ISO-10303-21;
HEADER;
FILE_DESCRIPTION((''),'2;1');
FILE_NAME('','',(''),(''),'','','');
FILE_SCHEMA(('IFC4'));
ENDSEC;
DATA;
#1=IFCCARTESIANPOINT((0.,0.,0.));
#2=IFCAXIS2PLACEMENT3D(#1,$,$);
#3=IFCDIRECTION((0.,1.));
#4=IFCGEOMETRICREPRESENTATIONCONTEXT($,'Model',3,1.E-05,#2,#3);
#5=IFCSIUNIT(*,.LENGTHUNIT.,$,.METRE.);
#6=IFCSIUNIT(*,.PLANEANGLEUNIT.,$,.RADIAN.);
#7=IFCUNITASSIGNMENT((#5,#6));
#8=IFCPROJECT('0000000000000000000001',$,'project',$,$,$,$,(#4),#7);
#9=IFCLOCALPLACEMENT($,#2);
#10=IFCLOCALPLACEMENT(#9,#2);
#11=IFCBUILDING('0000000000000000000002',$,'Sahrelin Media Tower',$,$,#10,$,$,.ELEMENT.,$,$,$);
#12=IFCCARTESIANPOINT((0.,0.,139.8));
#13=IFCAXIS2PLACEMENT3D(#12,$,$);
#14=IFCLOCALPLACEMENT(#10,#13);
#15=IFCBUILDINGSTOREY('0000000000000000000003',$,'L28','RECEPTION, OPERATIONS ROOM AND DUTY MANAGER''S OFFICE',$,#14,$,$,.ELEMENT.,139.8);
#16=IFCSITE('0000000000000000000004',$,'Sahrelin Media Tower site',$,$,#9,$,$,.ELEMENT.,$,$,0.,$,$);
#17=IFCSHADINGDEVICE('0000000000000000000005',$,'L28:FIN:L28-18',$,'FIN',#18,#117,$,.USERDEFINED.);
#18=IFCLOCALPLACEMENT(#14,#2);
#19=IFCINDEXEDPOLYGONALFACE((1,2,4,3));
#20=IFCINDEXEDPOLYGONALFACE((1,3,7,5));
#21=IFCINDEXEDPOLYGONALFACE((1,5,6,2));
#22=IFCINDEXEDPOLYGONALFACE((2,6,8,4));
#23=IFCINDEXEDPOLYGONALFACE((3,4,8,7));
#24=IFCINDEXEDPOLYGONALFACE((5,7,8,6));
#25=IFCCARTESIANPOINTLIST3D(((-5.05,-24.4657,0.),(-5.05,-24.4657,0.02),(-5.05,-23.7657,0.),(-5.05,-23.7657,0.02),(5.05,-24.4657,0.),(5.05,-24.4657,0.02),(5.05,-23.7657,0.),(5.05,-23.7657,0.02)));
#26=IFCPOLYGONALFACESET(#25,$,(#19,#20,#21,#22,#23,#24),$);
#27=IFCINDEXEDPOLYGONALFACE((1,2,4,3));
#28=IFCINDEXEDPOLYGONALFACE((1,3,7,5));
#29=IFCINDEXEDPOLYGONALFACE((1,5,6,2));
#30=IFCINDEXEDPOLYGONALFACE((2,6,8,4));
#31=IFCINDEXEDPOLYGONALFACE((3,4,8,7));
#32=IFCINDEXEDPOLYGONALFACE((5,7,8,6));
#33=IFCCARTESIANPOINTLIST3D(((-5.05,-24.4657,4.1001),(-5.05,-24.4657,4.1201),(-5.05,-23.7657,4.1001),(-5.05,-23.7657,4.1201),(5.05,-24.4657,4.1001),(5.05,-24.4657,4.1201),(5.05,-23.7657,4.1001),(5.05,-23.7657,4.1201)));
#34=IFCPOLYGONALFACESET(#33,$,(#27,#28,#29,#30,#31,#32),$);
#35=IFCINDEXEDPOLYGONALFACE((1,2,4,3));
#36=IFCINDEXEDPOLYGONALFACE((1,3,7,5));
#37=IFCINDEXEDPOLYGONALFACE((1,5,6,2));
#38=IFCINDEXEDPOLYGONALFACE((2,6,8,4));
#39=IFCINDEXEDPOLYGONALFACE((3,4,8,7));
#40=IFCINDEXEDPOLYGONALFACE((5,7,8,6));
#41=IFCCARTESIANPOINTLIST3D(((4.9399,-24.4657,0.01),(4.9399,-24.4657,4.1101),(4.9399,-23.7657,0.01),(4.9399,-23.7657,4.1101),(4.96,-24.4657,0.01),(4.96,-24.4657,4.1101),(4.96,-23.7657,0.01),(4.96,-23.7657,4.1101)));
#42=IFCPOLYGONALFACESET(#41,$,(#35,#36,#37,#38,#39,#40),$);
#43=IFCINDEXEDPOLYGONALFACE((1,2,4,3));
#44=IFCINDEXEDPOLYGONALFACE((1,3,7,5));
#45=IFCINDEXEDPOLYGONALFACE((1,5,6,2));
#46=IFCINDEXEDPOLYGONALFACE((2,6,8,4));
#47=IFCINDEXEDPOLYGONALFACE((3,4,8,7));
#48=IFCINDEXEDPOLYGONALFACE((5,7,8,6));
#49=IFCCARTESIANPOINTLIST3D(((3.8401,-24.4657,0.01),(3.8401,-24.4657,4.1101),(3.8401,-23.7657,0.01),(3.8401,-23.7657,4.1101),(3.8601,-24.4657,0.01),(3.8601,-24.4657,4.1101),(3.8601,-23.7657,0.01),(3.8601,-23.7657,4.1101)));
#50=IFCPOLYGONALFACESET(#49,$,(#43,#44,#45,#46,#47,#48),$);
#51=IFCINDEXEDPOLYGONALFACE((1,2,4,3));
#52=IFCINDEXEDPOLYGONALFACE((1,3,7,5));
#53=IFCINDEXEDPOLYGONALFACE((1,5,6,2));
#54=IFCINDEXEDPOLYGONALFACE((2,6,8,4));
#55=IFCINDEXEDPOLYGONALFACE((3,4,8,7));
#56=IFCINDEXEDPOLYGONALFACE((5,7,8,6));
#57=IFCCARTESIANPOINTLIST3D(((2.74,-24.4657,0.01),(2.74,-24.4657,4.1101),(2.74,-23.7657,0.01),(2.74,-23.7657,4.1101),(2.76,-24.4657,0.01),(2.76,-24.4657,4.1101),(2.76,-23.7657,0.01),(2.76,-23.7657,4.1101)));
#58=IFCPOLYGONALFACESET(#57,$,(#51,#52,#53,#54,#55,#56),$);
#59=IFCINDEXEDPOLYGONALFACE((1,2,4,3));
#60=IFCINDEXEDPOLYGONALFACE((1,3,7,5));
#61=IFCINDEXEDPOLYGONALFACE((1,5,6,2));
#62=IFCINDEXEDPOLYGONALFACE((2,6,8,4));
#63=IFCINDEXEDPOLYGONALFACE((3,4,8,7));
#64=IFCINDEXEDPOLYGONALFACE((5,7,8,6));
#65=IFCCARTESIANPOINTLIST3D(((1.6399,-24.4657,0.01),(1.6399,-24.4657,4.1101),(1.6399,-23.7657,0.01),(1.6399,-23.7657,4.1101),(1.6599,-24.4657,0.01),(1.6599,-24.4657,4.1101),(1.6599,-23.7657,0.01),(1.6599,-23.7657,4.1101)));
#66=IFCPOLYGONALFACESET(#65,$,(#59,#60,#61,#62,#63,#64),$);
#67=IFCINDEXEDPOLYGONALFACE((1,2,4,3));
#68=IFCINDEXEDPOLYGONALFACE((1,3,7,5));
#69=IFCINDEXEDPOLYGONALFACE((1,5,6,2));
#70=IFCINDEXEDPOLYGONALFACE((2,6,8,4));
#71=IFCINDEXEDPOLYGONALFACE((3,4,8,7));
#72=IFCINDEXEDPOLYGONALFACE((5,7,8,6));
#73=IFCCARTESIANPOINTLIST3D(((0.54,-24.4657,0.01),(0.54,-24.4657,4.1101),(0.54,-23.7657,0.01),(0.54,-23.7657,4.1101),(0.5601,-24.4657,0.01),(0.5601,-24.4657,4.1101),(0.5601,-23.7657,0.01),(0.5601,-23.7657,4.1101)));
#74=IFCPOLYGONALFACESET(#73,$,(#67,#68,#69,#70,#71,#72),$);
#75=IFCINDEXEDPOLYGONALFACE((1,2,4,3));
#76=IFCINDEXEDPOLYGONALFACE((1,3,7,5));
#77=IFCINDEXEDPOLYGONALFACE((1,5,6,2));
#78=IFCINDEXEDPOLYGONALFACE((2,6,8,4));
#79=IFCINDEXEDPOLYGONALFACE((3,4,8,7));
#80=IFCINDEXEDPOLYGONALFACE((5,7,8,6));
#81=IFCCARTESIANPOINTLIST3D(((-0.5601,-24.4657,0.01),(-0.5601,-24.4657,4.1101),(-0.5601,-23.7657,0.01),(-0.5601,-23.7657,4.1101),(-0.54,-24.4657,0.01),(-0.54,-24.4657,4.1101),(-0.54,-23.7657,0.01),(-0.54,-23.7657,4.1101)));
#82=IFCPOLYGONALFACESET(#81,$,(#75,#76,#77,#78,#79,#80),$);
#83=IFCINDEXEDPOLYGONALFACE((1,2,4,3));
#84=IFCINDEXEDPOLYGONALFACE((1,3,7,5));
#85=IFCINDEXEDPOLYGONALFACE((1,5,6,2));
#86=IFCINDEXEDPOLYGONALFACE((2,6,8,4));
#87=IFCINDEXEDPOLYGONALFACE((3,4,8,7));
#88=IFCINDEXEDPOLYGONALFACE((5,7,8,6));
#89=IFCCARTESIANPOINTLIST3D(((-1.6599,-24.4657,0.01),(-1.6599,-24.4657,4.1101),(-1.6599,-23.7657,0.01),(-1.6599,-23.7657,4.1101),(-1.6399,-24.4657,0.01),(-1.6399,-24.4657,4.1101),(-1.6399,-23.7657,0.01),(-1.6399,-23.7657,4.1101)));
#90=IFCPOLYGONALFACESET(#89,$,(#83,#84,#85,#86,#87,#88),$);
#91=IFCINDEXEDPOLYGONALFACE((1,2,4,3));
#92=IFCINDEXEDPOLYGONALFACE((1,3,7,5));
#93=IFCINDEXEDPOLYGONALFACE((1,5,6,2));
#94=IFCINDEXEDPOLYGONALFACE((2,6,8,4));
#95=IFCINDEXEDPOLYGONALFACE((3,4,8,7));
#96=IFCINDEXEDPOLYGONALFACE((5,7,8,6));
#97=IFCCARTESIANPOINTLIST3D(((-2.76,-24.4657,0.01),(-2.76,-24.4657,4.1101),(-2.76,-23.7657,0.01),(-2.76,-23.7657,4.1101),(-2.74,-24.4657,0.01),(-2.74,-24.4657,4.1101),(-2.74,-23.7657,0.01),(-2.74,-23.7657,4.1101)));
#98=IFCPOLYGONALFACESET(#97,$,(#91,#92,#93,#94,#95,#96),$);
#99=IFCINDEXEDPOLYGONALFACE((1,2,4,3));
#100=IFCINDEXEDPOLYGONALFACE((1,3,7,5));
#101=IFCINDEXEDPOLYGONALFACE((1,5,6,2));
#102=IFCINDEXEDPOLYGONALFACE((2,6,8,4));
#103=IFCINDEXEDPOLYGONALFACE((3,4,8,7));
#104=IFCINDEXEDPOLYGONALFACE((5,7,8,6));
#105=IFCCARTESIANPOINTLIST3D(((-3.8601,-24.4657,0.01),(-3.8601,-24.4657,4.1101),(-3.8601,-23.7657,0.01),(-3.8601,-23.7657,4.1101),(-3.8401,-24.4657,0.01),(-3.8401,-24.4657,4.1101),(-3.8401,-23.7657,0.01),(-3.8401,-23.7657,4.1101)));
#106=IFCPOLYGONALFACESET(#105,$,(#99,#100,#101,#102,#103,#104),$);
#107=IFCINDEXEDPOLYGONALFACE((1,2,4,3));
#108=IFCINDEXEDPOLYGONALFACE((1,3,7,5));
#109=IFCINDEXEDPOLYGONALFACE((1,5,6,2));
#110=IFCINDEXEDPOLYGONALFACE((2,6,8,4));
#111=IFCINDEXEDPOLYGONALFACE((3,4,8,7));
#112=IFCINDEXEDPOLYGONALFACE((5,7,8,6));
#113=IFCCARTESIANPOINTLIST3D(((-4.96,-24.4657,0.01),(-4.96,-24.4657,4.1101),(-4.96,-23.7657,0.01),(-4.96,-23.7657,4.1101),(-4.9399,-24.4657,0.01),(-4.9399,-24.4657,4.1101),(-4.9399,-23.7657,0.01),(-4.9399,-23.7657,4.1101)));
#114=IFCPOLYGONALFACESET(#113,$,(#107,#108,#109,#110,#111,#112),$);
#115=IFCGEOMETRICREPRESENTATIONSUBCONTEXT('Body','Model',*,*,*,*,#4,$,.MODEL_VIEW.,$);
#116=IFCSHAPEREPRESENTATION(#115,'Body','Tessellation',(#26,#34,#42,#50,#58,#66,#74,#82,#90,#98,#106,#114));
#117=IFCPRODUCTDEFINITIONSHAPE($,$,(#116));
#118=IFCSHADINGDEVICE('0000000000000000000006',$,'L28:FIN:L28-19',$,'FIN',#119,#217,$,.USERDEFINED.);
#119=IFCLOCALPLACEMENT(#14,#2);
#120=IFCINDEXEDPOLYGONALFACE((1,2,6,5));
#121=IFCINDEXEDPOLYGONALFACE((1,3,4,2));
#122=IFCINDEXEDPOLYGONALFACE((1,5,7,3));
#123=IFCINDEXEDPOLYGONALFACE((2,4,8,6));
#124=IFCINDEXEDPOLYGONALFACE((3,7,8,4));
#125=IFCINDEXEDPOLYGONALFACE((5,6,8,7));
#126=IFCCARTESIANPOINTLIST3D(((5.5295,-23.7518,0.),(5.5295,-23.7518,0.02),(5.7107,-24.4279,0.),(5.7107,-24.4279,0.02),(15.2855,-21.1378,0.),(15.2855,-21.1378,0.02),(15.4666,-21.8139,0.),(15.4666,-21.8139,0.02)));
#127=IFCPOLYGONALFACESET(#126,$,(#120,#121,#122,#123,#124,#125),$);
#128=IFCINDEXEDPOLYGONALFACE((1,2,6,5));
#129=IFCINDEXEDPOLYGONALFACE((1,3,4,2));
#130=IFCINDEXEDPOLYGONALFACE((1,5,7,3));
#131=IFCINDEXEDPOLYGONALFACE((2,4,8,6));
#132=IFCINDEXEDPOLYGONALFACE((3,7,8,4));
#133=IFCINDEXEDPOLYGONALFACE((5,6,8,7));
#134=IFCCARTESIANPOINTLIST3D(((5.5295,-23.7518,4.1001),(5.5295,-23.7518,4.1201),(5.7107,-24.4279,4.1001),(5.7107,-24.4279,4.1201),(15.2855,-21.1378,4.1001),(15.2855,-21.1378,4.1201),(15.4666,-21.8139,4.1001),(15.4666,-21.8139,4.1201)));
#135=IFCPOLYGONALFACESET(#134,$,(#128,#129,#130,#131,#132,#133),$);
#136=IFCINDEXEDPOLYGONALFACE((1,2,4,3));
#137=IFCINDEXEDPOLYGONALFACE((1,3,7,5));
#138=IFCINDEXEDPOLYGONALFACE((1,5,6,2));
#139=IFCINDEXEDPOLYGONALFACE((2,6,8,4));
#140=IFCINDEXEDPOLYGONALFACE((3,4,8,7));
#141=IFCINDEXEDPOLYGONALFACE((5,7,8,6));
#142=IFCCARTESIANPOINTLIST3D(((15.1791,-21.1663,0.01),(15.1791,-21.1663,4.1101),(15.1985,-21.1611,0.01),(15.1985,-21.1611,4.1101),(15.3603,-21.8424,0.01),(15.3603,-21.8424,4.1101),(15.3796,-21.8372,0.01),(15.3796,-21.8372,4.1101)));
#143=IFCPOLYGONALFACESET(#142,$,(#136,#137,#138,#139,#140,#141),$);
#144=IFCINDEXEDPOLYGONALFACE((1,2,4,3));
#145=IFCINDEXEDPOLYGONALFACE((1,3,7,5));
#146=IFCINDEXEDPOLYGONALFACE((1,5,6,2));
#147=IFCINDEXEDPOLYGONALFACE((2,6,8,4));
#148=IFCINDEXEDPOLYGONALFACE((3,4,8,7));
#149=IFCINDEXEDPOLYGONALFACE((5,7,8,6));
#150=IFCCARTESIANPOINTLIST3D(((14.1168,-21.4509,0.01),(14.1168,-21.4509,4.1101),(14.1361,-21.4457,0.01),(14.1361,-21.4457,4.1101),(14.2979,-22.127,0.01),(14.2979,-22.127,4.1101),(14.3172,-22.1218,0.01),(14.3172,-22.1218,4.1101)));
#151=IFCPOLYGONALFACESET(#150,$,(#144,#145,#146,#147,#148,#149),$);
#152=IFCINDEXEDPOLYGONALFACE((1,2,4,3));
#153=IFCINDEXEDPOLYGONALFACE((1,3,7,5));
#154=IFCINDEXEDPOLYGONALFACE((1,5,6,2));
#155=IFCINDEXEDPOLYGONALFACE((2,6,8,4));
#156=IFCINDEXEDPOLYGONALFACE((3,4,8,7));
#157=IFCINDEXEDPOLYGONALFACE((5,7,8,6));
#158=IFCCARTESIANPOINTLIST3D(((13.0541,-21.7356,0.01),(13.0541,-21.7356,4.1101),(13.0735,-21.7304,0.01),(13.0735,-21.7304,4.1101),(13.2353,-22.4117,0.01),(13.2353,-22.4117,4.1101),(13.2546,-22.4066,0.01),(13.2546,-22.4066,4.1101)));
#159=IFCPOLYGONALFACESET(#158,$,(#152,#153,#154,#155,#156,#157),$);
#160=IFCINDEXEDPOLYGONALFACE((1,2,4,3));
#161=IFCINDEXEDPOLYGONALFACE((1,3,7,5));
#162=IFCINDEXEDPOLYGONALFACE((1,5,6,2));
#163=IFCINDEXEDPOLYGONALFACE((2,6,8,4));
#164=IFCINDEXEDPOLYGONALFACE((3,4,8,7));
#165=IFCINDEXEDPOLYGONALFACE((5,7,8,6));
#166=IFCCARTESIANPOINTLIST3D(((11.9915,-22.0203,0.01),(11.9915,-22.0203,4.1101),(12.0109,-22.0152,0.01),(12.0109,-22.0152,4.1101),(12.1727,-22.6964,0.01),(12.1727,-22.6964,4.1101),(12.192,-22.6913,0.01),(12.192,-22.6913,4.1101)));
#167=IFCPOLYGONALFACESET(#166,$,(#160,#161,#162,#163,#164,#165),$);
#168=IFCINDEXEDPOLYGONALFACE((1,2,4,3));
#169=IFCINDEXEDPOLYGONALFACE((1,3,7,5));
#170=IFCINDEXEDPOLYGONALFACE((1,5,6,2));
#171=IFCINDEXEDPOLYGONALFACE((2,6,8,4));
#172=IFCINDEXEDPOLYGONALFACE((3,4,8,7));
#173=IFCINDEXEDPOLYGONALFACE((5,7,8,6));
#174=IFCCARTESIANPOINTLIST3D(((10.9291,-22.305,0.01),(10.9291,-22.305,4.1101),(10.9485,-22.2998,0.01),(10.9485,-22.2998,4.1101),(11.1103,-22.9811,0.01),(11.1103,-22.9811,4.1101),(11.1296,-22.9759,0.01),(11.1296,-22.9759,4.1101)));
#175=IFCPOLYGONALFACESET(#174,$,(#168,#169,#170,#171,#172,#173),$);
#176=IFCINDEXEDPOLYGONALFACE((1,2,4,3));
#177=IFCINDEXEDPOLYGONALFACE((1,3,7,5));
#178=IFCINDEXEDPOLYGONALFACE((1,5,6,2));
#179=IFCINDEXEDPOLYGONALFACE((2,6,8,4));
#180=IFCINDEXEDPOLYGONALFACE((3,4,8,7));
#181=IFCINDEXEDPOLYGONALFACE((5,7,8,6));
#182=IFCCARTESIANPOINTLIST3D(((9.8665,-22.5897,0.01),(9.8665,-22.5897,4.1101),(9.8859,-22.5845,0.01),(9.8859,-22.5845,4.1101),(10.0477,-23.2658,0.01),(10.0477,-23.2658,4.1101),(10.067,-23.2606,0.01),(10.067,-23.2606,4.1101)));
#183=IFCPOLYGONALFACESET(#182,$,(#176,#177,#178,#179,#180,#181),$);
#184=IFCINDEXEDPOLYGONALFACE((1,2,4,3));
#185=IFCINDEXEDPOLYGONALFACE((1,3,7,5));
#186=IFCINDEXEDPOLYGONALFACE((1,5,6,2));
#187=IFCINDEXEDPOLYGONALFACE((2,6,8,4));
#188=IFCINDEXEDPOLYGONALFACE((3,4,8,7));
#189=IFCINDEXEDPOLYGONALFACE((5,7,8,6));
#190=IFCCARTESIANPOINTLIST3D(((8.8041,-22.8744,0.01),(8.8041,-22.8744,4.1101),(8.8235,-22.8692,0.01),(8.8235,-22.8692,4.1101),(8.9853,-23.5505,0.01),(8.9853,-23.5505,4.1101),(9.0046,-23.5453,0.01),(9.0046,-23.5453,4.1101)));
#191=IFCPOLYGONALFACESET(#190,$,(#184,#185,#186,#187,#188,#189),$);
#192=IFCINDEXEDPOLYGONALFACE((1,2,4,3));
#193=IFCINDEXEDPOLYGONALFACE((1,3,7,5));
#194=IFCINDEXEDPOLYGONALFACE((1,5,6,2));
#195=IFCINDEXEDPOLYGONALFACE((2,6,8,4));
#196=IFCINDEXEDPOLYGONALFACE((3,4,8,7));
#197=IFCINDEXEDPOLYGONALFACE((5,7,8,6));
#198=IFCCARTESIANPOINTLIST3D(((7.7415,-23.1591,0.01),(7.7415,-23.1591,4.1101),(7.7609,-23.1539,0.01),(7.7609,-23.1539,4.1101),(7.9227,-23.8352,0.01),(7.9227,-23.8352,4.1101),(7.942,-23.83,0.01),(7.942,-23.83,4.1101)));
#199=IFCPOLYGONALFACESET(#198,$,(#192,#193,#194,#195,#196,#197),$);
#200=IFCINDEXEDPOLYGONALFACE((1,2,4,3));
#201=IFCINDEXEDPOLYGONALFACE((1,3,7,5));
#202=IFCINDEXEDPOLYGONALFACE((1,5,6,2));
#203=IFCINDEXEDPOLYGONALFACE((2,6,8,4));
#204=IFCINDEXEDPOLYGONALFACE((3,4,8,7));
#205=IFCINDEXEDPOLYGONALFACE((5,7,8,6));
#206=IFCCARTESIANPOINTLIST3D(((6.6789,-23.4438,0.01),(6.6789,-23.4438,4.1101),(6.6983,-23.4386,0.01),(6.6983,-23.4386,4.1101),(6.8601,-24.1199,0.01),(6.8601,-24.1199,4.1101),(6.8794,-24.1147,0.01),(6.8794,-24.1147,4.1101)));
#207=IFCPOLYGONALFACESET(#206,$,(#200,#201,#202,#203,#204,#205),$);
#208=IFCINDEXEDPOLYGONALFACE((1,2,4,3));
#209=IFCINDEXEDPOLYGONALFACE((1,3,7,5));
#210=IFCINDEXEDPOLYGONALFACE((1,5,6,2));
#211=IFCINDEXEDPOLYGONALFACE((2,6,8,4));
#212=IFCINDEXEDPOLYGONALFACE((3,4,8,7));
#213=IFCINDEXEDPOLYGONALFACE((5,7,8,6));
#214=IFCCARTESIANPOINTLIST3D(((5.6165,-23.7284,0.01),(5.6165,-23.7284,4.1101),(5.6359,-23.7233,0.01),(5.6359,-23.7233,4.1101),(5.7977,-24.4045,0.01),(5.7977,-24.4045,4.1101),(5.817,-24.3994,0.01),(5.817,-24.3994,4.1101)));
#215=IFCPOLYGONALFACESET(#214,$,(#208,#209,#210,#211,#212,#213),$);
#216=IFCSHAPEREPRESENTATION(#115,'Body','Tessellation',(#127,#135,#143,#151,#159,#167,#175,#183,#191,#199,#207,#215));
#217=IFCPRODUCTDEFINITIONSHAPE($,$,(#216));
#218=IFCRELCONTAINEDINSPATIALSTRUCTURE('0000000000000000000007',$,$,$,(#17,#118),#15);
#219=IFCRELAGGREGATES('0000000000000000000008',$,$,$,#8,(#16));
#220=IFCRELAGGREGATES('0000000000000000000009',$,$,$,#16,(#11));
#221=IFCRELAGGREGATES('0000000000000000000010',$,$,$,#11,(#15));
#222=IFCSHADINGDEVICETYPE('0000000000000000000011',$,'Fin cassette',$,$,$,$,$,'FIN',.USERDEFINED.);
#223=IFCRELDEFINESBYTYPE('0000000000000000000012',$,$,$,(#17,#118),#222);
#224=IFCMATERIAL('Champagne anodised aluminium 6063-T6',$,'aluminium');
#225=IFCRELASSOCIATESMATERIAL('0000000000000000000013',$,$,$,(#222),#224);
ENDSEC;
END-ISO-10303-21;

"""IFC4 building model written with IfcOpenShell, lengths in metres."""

from ifc_helpers import new_model, si_unit, direction, frame, origin, origin_2d, place, context, subcontext, project, spatial, rectangle, extrude, material, type_object, element, save


model = new_model("IFC4")

# Units and contexts
model_context = context("Model", 3, precision=1e-05, world=origin(), true_north=direction((0.0, 1.0)))
body_context = subcontext(model_context, "Body", "Model", "MODEL_VIEW")
ifc_project = project(units=[si_unit("LENGTHUNIT", "METRE"), si_unit("PLANEANGLEUNIT", "RADIAN")], contexts=[model_context])

# Site, building, storey
site_placement = place(None, origin())
site = spatial("IfcSite", under=ifc_project, at=site_placement, Name="Sahrelin Media Tower site", CompositionType="ELEMENT", RefElevation=0.0)
building_placement = place(site_placement, origin())
building = spatial("IfcBuilding", under=site, at=building_placement, Name="Sahrelin Media Tower", CompositionType="ELEMENT")
storey_placement = place(building_placement, frame((0.0, 0.0, 139.8)))
storey = spatial("IfcBuildingStorey", under=building, at=storey_placement, Name="L28", Description="RECEPTION, OPERATIONS ROOM AND DUTY MANAGER'S OFFICE", CompositionType="ELEMENT", Elevation=139.8)

# Shared definitions
ifc_material_1 = material(Name="Champagne anodised aluminium 6063-T6", Category="aluminium")

# Shading devices
shading_device_type_1 = type_object("IfcShadingDeviceType", Name="Fin cassette", ElementType="FIN", PredefinedType="USERDEFINED", material=ifc_material_1)
placement_1 = place(storey_placement, frame((0.0, -23.6958, 0.0), z_axis=(0.0, 0.0, 1.0), x_axis=(-1.0, 0.0, 0.0)))
element("IfcShadingDevice", 1, at=placement_1, inside=storey, type_object=shading_device_type_1, Name="L28:FIN:L28-18", ObjectType="FIN", PredefinedType="USERDEFINED", context=body_context, shape_type="SweptSolid", body=[
    extrude(rectangle(XDim=10.1001, YDim=0.7, at=origin_2d()), frame((0.0, 0.4199, 0.0)), (0.0, 0.0, 1.0), 0.02),
    extrude(rectangle(XDim=10.1001, YDim=0.7, at=origin_2d()), frame((0.0, 0.4199, 4.1001)), (0.0, 0.0, 1.0), 0.02),
    extrude(rectangle(XDim=0.02, YDim=0.7, at=origin_2d()), frame((-4.95, 0.4199, 0.01), z_axis=(0.0, 0.0, 1.0), x_axis=(1.0, 0.0, 0.0)), (0.0, 0.0, 1.0), 4.1001),
    extrude(rectangle(XDim=0.02, YDim=0.7, at=origin_2d()), frame((-3.8501, 0.4199, 0.01), z_axis=(0.0, 0.0, 1.0), x_axis=(1.0, 0.0, 0.0)), (0.0, 0.0, 1.0), 4.1001),
    extrude(rectangle(XDim=0.02, YDim=0.7, at=origin_2d()), frame((-2.75, 0.4199, 0.01), z_axis=(0.0, 0.0, 1.0), x_axis=(1.0, 0.0, 0.0)), (0.0, 0.0, 1.0), 4.1001),
    extrude(rectangle(XDim=0.02, YDim=0.7, at=origin_2d()), frame((-1.6499, 0.4199, 0.01), z_axis=(0.0, 0.0, 1.0), x_axis=(1.0, 0.0, 0.0)), (0.0, 0.0, 1.0), 4.1001),
    extrude(rectangle(XDim=0.02, YDim=0.7, at=origin_2d()), frame((-0.55, 0.4199, 0.01), z_axis=(0.0, 0.0, 1.0), x_axis=(1.0, 0.0, 0.0)), (0.0, 0.0, 1.0), 4.1001),
    extrude(rectangle(XDim=0.02, YDim=0.7, at=origin_2d()), frame((0.55, 0.4199, 0.01), z_axis=(0.0, 0.0, 1.0), x_axis=(1.0, 0.0, 0.0)), (0.0, 0.0, 1.0), 4.1001),
    extrude(rectangle(XDim=0.02, YDim=0.7, at=origin_2d()), frame((1.6499, 0.4199, 0.01), z_axis=(0.0, 0.0, 1.0), x_axis=(1.0, 0.0, 0.0)), (0.0, 0.0, 1.0), 4.1001),
    extrude(rectangle(XDim=0.02, YDim=0.7, at=origin_2d()), frame((2.75, 0.4199, 0.01), z_axis=(0.0, 0.0, 1.0), x_axis=(1.0, 0.0, 0.0)), (0.0, 0.0, 1.0), 4.1001),
    extrude(rectangle(XDim=0.02, YDim=0.7, at=origin_2d()), frame((3.8501, 0.4199, 0.01), z_axis=(0.0, 0.0, 1.0), x_axis=(1.0, 0.0, 0.0)), (0.0, 0.0, 1.0), 4.1001),
    extrude(rectangle(XDim=0.02, YDim=0.7, at=origin_2d()), frame((4.95, 0.4199, 0.01), z_axis=(0.0, 0.0, 1.0), x_axis=(1.0, 0.0, 0.0)), (0.0, 0.0, 1.0), 4.1001),
])
placement_2 = place(storey_placement, frame((10.3894, -22.3772, 0.0), z_axis=(0.0, 0.0, 1.0), x_axis=(-0.965929, -0.258808, 0.0)))
element("IfcShadingDevice", 2, at=placement_2, inside=storey, type_object=shading_device_type_1, Name="L28:FIN:L28-19", ObjectType="FIN", PredefinedType="USERDEFINED", context=body_context, shape_type="SweptSolid", body=[
    extrude(rectangle(XDim=10.1001, YDim=0.7, at=origin_2d()), frame((0.0, 0.4199, 0.0)), (0.0, 0.0, 1.0), 0.02),
    extrude(rectangle(XDim=10.1001, YDim=0.7, at=origin_2d()), frame((0.0, 0.4199, 4.1001)), (0.0, 0.0, 1.0), 0.02),
    extrude(rectangle(XDim=0.02, YDim=0.7, at=origin_2d()), frame((-4.95, 0.4199, 0.01), z_axis=(0.0, 0.0, 1.0), x_axis=(1.0, 0.0, 0.0)), (0.0, 0.0, 1.0), 4.1001),
    extrude(rectangle(XDim=0.02, YDim=0.7, at=origin_2d()), frame((-3.8501, 0.4199, 0.01), z_axis=(0.0, 0.0, 1.0), x_axis=(1.0, 0.0, 0.0)), (0.0, 0.0, 1.0), 4.1001),
    extrude(rectangle(XDim=0.02, YDim=0.7, at=origin_2d()), frame((-2.75, 0.4199, 0.01), z_axis=(0.0, 0.0, 1.0), x_axis=(1.0, 0.0, 0.0)), (0.0, 0.0, 1.0), 4.1001),
    extrude(rectangle(XDim=0.02, YDim=0.7, at=origin_2d()), frame((-1.6499, 0.4199, 0.01), z_axis=(0.0, 0.0, 1.0), x_axis=(1.0, 0.0, 0.0)), (0.0, 0.0, 1.0), 4.1001),
    extrude(rectangle(XDim=0.02, YDim=0.7, at=origin_2d()), frame((-0.55, 0.4199, 0.01), z_axis=(0.0, 0.0, 1.0), x_axis=(1.0, 0.0, 0.0)), (0.0, 0.0, 1.0), 4.1001),
    extrude(rectangle(XDim=0.02, YDim=0.7, at=origin_2d()), frame((0.55, 0.4199, 0.01), z_axis=(0.0, 0.0, 1.0), x_axis=(1.0, 0.0, 0.0)), (0.0, 0.0, 1.0), 4.1001),
    extrude(rectangle(XDim=0.02, YDim=0.7, at=origin_2d()), frame((1.6499, 0.4199, 0.01), z_axis=(0.0, 0.0, 1.0), x_axis=(1.0, 0.0, 0.0)), (0.0, 0.0, 1.0), 4.1001),
    extrude(rectangle(XDim=0.02, YDim=0.7, at=origin_2d()), frame((2.75, 0.4199, 0.01), z_axis=(0.0, 0.0, 1.0), x_axis=(1.0, 0.0, 0.0)), (0.0, 0.0, 1.0), 4.1001),
    extrude(rectangle(XDim=0.02, YDim=0.7, at=origin_2d()), frame((3.8501, 0.4199, 0.01), z_axis=(0.0, 0.0, 1.0), x_axis=(1.0, 0.0, 0.0)), (0.0, 0.0, 1.0), 4.1001),
    extrude(rectangle(XDim=0.02, YDim=0.7, at=origin_2d()), frame((4.95, 0.4199, 0.01), z_axis=(0.0, 0.0, 1.0), x_axis=(1.0, 0.0, 0.0)), (0.0, 0.0, 1.0), 4.1001),
])

save(model, "model.ifc")
